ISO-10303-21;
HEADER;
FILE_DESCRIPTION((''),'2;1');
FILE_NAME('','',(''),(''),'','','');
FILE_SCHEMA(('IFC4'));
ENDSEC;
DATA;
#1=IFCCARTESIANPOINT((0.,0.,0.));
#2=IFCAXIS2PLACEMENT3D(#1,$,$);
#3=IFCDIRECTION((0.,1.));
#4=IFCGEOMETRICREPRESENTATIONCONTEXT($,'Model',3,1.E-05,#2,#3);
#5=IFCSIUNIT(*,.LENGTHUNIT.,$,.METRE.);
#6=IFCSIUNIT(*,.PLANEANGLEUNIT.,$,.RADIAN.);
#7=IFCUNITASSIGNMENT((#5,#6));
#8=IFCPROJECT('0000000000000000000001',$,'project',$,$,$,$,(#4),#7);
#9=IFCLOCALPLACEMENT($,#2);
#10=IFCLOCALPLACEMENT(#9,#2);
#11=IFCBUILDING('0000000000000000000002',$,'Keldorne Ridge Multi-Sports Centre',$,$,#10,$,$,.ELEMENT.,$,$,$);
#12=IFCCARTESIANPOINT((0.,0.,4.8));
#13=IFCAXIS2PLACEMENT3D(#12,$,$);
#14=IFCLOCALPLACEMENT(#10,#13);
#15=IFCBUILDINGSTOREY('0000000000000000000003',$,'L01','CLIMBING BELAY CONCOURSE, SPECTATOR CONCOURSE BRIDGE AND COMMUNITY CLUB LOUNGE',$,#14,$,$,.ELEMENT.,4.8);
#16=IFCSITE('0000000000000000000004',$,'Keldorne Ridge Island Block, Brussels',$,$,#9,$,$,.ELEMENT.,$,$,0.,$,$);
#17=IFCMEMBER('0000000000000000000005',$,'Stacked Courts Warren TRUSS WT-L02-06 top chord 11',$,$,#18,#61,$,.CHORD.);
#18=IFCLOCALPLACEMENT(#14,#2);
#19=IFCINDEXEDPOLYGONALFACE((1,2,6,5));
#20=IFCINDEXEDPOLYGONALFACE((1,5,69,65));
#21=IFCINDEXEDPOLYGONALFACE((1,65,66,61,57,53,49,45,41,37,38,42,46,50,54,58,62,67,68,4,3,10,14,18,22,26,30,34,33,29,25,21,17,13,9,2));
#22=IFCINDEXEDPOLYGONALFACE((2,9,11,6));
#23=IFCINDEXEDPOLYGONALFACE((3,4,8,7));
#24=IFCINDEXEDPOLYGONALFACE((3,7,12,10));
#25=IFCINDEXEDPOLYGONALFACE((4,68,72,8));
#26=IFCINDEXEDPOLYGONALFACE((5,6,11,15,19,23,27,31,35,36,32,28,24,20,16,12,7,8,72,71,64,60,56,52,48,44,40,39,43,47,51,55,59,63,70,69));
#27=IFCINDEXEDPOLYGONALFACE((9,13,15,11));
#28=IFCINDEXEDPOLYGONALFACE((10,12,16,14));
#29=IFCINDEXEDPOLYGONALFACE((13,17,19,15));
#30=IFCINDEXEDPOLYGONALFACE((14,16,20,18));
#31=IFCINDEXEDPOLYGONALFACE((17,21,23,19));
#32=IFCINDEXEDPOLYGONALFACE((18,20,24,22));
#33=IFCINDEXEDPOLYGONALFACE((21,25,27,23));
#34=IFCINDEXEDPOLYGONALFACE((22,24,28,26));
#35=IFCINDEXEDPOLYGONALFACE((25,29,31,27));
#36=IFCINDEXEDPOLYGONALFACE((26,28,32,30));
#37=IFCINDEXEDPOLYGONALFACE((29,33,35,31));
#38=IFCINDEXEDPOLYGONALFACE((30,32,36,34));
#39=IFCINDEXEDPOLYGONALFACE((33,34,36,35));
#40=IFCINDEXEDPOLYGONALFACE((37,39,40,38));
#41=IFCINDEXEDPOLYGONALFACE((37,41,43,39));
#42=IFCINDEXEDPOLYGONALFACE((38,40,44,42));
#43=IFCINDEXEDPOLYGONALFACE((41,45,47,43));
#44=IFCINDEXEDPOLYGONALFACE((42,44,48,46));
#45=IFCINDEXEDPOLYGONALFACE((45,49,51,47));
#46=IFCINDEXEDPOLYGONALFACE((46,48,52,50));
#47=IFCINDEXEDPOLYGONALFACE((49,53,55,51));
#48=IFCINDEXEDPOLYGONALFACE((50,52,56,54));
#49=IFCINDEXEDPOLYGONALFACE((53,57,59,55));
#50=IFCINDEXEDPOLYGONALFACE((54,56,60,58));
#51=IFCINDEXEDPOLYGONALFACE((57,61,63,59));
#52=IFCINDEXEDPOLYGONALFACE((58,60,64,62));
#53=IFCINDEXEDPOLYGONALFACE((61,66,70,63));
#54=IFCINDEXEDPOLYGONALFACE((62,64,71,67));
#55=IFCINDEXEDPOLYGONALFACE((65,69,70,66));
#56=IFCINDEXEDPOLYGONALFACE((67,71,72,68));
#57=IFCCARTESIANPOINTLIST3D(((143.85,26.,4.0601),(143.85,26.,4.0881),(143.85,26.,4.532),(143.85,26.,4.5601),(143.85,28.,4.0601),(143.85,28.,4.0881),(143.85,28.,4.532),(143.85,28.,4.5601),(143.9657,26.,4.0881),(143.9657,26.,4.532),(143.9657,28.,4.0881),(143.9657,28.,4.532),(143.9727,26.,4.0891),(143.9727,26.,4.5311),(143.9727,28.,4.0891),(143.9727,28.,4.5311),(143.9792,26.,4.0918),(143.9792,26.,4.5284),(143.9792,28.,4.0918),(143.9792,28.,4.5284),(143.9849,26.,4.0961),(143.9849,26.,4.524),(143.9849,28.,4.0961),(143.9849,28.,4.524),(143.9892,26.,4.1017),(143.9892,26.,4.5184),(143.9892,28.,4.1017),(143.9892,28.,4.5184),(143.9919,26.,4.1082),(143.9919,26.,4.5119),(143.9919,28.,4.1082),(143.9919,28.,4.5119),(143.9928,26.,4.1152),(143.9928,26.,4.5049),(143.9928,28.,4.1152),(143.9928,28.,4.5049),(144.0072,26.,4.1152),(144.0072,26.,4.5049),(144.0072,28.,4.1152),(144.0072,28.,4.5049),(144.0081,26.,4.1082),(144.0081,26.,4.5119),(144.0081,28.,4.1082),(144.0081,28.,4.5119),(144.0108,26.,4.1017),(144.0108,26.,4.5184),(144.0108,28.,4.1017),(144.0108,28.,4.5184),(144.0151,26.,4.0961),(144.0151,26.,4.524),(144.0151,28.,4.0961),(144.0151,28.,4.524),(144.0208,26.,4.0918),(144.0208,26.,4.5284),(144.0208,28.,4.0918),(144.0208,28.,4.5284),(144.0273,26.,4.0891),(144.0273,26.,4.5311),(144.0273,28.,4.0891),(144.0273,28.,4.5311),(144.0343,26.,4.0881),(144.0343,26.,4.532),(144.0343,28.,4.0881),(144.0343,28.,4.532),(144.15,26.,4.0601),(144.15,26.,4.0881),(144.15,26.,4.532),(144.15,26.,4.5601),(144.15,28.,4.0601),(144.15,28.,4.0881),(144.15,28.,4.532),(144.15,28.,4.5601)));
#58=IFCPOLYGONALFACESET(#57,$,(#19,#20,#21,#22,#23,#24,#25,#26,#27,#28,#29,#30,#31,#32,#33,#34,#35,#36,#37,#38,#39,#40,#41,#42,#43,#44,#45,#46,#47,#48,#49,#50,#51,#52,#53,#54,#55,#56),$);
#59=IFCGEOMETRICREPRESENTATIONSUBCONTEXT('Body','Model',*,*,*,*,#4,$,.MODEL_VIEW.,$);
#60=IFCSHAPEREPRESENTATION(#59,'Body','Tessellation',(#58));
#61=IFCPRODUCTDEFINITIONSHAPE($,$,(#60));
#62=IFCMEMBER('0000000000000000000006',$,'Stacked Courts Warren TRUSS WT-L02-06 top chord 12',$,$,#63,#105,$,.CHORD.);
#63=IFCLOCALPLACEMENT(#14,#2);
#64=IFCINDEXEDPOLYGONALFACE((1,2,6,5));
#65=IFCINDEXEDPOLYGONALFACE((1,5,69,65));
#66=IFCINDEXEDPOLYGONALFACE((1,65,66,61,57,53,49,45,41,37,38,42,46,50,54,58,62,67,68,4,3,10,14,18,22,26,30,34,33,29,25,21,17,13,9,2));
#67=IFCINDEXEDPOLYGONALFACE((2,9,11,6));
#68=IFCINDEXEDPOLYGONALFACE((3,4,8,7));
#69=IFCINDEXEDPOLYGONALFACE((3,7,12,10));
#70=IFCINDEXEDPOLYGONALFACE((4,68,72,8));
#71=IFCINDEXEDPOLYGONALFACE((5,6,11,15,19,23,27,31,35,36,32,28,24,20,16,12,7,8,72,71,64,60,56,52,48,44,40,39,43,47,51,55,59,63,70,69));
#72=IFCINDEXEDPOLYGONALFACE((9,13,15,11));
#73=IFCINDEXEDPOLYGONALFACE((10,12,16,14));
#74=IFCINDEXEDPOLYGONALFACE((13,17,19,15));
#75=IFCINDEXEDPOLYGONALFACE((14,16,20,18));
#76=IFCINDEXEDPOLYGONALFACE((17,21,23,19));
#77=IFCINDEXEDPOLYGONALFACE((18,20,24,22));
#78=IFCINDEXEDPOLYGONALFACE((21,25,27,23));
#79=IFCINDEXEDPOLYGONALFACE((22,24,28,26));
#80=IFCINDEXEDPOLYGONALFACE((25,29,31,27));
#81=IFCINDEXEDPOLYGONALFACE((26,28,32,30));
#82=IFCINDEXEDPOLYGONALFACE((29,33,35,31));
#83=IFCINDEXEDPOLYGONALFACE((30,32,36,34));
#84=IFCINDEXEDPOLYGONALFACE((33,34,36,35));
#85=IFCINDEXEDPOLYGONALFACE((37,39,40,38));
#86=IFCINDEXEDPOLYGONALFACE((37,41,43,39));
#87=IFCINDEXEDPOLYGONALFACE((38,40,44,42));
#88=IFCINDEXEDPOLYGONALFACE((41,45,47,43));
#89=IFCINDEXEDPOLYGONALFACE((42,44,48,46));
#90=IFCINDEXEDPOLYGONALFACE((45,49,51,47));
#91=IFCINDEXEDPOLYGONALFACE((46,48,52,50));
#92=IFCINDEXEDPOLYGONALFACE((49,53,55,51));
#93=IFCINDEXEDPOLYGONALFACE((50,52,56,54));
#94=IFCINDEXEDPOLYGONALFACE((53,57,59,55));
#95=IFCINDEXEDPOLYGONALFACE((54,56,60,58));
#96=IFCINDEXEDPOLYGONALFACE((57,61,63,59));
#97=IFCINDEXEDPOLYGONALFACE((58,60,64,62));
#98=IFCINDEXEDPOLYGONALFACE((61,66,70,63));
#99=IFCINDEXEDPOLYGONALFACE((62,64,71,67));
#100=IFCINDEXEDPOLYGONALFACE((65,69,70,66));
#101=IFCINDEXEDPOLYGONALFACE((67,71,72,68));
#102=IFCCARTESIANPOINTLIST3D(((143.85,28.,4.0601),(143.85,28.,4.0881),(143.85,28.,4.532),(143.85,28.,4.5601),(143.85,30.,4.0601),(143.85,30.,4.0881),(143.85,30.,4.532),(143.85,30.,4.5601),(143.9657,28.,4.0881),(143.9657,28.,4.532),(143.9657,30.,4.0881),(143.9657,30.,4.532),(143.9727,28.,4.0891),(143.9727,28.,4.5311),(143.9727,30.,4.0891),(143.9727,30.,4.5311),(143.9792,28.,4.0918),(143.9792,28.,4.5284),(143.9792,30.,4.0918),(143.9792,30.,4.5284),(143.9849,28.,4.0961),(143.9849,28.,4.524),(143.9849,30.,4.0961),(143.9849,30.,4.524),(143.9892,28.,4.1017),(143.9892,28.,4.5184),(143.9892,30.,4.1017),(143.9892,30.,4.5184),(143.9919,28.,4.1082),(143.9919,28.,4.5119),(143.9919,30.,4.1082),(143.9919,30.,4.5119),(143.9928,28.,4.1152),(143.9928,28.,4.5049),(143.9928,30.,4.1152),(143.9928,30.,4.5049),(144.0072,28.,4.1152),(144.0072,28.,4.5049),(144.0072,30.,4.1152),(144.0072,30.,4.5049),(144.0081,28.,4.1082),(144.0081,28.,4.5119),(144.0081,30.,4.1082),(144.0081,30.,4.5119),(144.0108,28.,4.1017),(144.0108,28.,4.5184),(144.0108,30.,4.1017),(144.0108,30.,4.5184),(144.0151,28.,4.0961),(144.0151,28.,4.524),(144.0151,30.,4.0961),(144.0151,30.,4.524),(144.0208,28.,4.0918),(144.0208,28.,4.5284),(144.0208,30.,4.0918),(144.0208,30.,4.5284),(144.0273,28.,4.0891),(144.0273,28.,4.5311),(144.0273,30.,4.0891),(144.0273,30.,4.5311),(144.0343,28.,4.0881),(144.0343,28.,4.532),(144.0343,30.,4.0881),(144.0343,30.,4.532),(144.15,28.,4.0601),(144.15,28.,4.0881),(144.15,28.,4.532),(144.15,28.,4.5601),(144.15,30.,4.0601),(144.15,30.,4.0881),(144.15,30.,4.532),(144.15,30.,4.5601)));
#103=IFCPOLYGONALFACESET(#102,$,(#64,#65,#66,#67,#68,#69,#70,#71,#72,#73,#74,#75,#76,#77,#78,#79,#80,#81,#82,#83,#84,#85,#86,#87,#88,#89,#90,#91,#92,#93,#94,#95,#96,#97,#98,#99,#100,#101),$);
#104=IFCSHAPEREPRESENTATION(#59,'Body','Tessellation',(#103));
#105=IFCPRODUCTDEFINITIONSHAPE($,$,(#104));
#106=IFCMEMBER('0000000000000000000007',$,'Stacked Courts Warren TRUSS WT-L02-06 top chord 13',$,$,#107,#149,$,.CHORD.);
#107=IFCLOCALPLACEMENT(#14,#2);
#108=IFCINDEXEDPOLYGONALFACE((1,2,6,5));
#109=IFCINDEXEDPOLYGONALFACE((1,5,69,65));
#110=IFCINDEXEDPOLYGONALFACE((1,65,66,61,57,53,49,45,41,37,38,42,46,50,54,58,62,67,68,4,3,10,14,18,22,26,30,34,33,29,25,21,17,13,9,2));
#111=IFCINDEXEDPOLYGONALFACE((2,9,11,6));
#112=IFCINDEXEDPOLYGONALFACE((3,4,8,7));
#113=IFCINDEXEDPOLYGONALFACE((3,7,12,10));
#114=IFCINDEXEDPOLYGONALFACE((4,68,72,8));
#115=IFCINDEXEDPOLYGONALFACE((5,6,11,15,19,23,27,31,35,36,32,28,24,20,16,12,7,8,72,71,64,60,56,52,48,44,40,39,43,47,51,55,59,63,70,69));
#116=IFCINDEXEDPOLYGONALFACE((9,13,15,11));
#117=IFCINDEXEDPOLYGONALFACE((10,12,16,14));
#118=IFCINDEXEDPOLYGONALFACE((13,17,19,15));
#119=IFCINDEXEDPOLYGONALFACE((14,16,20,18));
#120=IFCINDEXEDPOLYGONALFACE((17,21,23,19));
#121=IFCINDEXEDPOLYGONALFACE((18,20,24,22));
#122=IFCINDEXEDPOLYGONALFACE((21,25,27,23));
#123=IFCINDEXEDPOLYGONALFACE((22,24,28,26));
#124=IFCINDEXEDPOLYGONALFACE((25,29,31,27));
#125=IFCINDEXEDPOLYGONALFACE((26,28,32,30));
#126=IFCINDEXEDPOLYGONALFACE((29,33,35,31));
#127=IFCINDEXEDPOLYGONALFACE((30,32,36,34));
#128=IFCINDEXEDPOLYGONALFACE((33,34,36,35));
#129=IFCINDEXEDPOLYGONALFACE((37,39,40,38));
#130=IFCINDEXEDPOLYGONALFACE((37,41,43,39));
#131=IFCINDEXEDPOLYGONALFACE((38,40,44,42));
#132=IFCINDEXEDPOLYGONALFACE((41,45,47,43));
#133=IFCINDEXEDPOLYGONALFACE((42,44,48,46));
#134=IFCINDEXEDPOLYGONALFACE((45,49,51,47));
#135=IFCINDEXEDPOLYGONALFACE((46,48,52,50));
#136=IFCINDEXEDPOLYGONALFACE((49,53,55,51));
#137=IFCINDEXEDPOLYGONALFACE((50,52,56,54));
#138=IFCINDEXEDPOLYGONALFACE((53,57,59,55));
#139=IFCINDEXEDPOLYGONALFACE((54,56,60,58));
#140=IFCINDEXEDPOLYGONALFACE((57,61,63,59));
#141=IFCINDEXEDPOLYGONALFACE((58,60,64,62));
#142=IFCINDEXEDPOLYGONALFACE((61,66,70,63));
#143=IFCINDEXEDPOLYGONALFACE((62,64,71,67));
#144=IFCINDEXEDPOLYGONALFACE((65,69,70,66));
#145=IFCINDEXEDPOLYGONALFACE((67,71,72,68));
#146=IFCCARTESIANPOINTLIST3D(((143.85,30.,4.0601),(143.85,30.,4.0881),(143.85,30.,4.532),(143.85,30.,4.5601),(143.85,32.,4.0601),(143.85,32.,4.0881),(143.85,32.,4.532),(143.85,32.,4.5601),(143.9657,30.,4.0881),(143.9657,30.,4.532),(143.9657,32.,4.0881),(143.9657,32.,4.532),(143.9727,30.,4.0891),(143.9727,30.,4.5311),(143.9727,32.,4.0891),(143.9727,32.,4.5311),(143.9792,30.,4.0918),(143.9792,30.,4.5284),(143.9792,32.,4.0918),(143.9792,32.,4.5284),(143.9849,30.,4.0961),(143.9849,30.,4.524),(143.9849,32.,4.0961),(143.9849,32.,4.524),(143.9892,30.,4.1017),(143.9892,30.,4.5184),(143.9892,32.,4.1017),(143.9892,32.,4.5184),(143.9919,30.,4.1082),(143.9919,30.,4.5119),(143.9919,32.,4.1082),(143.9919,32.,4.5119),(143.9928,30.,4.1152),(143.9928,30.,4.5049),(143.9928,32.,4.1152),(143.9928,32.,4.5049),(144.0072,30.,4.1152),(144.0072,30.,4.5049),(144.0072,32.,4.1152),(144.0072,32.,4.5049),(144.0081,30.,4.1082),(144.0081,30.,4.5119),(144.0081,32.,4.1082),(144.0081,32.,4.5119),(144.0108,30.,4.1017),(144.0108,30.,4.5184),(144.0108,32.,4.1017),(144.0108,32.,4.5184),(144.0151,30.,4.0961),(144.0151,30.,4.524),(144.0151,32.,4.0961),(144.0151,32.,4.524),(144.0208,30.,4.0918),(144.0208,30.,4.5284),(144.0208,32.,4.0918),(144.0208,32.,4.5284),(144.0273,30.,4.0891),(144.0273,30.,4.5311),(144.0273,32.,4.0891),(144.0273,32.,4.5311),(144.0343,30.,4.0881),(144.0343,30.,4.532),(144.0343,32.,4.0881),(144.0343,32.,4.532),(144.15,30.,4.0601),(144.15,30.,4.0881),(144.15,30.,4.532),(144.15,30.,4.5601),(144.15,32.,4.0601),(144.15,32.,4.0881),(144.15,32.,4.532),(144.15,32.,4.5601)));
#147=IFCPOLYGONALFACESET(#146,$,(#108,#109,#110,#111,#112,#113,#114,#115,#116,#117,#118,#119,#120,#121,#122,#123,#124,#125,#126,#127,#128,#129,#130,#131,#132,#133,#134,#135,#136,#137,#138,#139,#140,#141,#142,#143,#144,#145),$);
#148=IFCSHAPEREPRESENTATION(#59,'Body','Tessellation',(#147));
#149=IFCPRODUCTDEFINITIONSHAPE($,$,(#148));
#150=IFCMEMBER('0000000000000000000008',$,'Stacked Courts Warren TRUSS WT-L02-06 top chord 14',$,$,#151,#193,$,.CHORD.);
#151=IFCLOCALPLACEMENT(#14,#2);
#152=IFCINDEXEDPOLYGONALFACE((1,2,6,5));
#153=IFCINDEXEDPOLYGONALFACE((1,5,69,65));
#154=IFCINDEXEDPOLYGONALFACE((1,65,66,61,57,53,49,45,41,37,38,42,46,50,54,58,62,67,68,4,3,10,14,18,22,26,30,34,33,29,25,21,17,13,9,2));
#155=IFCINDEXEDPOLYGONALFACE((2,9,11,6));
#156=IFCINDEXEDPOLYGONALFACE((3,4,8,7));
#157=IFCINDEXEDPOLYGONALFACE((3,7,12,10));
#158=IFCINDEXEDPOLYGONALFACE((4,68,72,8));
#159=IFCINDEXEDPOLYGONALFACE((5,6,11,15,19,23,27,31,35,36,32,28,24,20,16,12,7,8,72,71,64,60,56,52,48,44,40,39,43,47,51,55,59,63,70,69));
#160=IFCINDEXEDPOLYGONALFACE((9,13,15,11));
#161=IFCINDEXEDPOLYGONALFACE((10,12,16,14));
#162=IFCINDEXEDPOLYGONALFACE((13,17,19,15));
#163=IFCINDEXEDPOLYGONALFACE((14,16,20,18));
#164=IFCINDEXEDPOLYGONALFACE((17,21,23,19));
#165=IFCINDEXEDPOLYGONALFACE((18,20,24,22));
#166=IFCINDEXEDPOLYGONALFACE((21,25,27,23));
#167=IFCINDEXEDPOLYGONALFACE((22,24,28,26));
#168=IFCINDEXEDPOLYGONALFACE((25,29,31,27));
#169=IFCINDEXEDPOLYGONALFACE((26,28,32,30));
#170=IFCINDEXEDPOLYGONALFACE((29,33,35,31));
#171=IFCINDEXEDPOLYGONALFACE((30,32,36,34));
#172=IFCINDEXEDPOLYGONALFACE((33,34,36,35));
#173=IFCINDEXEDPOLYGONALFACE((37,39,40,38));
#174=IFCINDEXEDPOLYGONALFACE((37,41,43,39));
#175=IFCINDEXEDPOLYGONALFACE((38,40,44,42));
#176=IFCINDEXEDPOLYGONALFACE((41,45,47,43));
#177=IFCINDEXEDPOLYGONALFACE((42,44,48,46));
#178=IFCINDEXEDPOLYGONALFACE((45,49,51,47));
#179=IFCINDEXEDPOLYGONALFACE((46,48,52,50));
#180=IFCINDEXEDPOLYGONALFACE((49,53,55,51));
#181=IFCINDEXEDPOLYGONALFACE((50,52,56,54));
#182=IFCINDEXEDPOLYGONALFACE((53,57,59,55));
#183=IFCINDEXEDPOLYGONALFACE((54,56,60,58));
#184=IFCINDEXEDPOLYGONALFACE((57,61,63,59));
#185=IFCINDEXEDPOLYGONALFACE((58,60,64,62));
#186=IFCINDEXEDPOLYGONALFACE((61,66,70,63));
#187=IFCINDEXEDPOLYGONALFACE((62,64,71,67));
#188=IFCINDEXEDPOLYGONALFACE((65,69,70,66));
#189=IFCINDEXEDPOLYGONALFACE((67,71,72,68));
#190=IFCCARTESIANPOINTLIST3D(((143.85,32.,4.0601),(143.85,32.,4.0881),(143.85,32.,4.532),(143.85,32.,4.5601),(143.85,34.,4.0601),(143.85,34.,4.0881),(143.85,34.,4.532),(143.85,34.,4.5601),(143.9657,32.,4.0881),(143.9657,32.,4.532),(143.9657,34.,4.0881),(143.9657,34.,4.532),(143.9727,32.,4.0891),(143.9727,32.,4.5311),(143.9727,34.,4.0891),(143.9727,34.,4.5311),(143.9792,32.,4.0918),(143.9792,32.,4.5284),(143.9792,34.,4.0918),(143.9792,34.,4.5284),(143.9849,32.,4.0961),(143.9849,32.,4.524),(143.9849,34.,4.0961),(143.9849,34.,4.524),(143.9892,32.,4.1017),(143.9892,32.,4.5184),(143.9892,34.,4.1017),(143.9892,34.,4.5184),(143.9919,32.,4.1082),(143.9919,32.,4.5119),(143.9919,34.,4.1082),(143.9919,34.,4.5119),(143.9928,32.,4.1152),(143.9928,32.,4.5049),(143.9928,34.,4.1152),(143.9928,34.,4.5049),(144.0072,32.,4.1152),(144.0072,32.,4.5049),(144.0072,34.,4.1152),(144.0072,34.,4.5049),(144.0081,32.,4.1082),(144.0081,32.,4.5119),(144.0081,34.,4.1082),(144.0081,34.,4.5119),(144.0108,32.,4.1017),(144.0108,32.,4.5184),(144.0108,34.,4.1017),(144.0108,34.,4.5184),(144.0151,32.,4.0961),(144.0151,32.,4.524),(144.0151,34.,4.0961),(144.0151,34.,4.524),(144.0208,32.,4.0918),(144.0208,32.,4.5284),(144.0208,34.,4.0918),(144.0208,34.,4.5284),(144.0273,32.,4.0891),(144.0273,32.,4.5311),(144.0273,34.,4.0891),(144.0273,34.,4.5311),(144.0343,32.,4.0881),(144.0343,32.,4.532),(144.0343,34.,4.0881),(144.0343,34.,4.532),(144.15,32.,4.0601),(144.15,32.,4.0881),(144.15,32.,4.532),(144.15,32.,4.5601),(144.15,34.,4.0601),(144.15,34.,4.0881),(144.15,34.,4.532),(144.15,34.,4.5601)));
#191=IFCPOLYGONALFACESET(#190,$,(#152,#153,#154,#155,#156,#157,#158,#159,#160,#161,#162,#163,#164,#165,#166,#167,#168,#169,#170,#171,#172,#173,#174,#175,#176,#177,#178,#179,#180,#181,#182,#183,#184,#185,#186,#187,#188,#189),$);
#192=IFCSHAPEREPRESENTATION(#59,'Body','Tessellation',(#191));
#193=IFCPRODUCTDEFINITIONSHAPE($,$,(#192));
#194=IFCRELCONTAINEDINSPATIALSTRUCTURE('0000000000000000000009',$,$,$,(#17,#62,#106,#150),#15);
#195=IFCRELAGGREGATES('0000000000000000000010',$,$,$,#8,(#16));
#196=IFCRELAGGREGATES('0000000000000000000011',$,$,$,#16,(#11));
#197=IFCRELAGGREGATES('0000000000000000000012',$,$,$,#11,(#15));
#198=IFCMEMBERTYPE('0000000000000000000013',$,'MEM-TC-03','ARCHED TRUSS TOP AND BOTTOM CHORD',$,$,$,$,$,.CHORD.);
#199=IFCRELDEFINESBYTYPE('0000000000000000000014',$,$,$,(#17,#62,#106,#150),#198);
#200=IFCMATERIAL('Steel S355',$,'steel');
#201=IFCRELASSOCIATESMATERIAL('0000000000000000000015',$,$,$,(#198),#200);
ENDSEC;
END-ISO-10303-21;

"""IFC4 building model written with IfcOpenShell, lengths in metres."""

from ifc_helpers import new_model, si_unit, direction, frame, origin, origin_2d, place, context, subcontext, project, spatial, i_section, extrude, material, material_profile, profile_set, type_object, element, save


model = new_model("IFC4")

# Units and contexts
model_context = context("Model", 3, precision=1e-05, world=origin(), true_north=direction((0.0, 1.0)))
body_context = subcontext(model_context, "Body", "Model", "MODEL_VIEW")
ifc_project = project(units=[si_unit("LENGTHUNIT", "METRE"), si_unit("PLANEANGLEUNIT", "RADIAN")], contexts=[model_context])

# Site, building, storey
site_placement = place(None, origin())
site = spatial("IfcSite", under=ifc_project, at=site_placement, Name="Keldorne Ridge Island Block, Brussels", CompositionType="ELEMENT", RefElevation=0.0)
building_placement = place(site_placement, origin())
building = spatial("IfcBuilding", under=site, at=building_placement, Name="Keldorne Ridge Multi-Sports Centre", CompositionType="ELEMENT")
storey_placement = place(building_placement, frame((0.0, 0.0, 4.8)))
storey = spatial("IfcBuildingStorey", under=building, at=storey_placement, Name="L01", Description="CLIMBING BELAY CONCOURSE, SPECTATOR CONCOURSE BRIDGE AND COMMUNITY CLUB LOUNGE", CompositionType="ELEMENT", Elevation=4.8)

# Members
ifc_material = material(Name="Steel S355", Category="steel")
ifc_material_profile_1 = material_profile(ifc_material, i_section(OverallWidth=0.3, OverallDepth=0.5, WebThickness=0.0144, FlangeThickness=0.0281, FilletRadius=0.0271, at=origin_2d()), Name="HEB 500")
ifc_profile_set_1 = profile_set([ifc_material_profile_1], Name="Steel S355")
member_type_1 = type_object("IfcMemberType", Name="MEM-TC-03", Description="ARCHED TRUSS TOP AND BOTTOM CHORD", PredefinedType="CHORD", material=ifc_profile_set_1)
for number, where, z_axis, x_axis, name in (
    (1, (144.0, 26.0, 4.3101), (0.0, 1.0, 0.0), (-1.0, 0.0, 0.0), "Stacked Courts Warren TRUSS WT-L02-06 top chord 11"),
    (2, (144.0, 28.0, 4.3101), (0.0, 1.0, 0.0), (-1.0, 0.0, 0.0), "Stacked Courts Warren TRUSS WT-L02-06 top chord 12"),
    (3, (144.0, 30.0, 4.3101), (0.0, 1.0, 0.0), (-1.0, 0.0, 0.0), "Stacked Courts Warren TRUSS WT-L02-06 top chord 13"),
    (4, (144.0, 32.0, 4.3101), (0.0, 1.0, 0.0), (-1.0, 0.0, 0.0), "Stacked Courts Warren TRUSS WT-L02-06 top chord 14"),
):
    element("IfcMember", number, at=place(storey_placement, frame(where, z_axis=z_axis, x_axis=x_axis)), inside=storey, type_object=member_type_1, Name=name, PredefinedType="CHORD", context=body_context, shape_type="SweptSolid", body=[
        extrude(i_section(OverallWidth=0.3, OverallDepth=0.5, WebThickness=0.0144, FlangeThickness=0.0281, FilletRadius=0.0271, at=origin_2d()), origin(), (0.0, 0.0, 1.0), 2.0),
    ])

save(model, "model.ifc")
